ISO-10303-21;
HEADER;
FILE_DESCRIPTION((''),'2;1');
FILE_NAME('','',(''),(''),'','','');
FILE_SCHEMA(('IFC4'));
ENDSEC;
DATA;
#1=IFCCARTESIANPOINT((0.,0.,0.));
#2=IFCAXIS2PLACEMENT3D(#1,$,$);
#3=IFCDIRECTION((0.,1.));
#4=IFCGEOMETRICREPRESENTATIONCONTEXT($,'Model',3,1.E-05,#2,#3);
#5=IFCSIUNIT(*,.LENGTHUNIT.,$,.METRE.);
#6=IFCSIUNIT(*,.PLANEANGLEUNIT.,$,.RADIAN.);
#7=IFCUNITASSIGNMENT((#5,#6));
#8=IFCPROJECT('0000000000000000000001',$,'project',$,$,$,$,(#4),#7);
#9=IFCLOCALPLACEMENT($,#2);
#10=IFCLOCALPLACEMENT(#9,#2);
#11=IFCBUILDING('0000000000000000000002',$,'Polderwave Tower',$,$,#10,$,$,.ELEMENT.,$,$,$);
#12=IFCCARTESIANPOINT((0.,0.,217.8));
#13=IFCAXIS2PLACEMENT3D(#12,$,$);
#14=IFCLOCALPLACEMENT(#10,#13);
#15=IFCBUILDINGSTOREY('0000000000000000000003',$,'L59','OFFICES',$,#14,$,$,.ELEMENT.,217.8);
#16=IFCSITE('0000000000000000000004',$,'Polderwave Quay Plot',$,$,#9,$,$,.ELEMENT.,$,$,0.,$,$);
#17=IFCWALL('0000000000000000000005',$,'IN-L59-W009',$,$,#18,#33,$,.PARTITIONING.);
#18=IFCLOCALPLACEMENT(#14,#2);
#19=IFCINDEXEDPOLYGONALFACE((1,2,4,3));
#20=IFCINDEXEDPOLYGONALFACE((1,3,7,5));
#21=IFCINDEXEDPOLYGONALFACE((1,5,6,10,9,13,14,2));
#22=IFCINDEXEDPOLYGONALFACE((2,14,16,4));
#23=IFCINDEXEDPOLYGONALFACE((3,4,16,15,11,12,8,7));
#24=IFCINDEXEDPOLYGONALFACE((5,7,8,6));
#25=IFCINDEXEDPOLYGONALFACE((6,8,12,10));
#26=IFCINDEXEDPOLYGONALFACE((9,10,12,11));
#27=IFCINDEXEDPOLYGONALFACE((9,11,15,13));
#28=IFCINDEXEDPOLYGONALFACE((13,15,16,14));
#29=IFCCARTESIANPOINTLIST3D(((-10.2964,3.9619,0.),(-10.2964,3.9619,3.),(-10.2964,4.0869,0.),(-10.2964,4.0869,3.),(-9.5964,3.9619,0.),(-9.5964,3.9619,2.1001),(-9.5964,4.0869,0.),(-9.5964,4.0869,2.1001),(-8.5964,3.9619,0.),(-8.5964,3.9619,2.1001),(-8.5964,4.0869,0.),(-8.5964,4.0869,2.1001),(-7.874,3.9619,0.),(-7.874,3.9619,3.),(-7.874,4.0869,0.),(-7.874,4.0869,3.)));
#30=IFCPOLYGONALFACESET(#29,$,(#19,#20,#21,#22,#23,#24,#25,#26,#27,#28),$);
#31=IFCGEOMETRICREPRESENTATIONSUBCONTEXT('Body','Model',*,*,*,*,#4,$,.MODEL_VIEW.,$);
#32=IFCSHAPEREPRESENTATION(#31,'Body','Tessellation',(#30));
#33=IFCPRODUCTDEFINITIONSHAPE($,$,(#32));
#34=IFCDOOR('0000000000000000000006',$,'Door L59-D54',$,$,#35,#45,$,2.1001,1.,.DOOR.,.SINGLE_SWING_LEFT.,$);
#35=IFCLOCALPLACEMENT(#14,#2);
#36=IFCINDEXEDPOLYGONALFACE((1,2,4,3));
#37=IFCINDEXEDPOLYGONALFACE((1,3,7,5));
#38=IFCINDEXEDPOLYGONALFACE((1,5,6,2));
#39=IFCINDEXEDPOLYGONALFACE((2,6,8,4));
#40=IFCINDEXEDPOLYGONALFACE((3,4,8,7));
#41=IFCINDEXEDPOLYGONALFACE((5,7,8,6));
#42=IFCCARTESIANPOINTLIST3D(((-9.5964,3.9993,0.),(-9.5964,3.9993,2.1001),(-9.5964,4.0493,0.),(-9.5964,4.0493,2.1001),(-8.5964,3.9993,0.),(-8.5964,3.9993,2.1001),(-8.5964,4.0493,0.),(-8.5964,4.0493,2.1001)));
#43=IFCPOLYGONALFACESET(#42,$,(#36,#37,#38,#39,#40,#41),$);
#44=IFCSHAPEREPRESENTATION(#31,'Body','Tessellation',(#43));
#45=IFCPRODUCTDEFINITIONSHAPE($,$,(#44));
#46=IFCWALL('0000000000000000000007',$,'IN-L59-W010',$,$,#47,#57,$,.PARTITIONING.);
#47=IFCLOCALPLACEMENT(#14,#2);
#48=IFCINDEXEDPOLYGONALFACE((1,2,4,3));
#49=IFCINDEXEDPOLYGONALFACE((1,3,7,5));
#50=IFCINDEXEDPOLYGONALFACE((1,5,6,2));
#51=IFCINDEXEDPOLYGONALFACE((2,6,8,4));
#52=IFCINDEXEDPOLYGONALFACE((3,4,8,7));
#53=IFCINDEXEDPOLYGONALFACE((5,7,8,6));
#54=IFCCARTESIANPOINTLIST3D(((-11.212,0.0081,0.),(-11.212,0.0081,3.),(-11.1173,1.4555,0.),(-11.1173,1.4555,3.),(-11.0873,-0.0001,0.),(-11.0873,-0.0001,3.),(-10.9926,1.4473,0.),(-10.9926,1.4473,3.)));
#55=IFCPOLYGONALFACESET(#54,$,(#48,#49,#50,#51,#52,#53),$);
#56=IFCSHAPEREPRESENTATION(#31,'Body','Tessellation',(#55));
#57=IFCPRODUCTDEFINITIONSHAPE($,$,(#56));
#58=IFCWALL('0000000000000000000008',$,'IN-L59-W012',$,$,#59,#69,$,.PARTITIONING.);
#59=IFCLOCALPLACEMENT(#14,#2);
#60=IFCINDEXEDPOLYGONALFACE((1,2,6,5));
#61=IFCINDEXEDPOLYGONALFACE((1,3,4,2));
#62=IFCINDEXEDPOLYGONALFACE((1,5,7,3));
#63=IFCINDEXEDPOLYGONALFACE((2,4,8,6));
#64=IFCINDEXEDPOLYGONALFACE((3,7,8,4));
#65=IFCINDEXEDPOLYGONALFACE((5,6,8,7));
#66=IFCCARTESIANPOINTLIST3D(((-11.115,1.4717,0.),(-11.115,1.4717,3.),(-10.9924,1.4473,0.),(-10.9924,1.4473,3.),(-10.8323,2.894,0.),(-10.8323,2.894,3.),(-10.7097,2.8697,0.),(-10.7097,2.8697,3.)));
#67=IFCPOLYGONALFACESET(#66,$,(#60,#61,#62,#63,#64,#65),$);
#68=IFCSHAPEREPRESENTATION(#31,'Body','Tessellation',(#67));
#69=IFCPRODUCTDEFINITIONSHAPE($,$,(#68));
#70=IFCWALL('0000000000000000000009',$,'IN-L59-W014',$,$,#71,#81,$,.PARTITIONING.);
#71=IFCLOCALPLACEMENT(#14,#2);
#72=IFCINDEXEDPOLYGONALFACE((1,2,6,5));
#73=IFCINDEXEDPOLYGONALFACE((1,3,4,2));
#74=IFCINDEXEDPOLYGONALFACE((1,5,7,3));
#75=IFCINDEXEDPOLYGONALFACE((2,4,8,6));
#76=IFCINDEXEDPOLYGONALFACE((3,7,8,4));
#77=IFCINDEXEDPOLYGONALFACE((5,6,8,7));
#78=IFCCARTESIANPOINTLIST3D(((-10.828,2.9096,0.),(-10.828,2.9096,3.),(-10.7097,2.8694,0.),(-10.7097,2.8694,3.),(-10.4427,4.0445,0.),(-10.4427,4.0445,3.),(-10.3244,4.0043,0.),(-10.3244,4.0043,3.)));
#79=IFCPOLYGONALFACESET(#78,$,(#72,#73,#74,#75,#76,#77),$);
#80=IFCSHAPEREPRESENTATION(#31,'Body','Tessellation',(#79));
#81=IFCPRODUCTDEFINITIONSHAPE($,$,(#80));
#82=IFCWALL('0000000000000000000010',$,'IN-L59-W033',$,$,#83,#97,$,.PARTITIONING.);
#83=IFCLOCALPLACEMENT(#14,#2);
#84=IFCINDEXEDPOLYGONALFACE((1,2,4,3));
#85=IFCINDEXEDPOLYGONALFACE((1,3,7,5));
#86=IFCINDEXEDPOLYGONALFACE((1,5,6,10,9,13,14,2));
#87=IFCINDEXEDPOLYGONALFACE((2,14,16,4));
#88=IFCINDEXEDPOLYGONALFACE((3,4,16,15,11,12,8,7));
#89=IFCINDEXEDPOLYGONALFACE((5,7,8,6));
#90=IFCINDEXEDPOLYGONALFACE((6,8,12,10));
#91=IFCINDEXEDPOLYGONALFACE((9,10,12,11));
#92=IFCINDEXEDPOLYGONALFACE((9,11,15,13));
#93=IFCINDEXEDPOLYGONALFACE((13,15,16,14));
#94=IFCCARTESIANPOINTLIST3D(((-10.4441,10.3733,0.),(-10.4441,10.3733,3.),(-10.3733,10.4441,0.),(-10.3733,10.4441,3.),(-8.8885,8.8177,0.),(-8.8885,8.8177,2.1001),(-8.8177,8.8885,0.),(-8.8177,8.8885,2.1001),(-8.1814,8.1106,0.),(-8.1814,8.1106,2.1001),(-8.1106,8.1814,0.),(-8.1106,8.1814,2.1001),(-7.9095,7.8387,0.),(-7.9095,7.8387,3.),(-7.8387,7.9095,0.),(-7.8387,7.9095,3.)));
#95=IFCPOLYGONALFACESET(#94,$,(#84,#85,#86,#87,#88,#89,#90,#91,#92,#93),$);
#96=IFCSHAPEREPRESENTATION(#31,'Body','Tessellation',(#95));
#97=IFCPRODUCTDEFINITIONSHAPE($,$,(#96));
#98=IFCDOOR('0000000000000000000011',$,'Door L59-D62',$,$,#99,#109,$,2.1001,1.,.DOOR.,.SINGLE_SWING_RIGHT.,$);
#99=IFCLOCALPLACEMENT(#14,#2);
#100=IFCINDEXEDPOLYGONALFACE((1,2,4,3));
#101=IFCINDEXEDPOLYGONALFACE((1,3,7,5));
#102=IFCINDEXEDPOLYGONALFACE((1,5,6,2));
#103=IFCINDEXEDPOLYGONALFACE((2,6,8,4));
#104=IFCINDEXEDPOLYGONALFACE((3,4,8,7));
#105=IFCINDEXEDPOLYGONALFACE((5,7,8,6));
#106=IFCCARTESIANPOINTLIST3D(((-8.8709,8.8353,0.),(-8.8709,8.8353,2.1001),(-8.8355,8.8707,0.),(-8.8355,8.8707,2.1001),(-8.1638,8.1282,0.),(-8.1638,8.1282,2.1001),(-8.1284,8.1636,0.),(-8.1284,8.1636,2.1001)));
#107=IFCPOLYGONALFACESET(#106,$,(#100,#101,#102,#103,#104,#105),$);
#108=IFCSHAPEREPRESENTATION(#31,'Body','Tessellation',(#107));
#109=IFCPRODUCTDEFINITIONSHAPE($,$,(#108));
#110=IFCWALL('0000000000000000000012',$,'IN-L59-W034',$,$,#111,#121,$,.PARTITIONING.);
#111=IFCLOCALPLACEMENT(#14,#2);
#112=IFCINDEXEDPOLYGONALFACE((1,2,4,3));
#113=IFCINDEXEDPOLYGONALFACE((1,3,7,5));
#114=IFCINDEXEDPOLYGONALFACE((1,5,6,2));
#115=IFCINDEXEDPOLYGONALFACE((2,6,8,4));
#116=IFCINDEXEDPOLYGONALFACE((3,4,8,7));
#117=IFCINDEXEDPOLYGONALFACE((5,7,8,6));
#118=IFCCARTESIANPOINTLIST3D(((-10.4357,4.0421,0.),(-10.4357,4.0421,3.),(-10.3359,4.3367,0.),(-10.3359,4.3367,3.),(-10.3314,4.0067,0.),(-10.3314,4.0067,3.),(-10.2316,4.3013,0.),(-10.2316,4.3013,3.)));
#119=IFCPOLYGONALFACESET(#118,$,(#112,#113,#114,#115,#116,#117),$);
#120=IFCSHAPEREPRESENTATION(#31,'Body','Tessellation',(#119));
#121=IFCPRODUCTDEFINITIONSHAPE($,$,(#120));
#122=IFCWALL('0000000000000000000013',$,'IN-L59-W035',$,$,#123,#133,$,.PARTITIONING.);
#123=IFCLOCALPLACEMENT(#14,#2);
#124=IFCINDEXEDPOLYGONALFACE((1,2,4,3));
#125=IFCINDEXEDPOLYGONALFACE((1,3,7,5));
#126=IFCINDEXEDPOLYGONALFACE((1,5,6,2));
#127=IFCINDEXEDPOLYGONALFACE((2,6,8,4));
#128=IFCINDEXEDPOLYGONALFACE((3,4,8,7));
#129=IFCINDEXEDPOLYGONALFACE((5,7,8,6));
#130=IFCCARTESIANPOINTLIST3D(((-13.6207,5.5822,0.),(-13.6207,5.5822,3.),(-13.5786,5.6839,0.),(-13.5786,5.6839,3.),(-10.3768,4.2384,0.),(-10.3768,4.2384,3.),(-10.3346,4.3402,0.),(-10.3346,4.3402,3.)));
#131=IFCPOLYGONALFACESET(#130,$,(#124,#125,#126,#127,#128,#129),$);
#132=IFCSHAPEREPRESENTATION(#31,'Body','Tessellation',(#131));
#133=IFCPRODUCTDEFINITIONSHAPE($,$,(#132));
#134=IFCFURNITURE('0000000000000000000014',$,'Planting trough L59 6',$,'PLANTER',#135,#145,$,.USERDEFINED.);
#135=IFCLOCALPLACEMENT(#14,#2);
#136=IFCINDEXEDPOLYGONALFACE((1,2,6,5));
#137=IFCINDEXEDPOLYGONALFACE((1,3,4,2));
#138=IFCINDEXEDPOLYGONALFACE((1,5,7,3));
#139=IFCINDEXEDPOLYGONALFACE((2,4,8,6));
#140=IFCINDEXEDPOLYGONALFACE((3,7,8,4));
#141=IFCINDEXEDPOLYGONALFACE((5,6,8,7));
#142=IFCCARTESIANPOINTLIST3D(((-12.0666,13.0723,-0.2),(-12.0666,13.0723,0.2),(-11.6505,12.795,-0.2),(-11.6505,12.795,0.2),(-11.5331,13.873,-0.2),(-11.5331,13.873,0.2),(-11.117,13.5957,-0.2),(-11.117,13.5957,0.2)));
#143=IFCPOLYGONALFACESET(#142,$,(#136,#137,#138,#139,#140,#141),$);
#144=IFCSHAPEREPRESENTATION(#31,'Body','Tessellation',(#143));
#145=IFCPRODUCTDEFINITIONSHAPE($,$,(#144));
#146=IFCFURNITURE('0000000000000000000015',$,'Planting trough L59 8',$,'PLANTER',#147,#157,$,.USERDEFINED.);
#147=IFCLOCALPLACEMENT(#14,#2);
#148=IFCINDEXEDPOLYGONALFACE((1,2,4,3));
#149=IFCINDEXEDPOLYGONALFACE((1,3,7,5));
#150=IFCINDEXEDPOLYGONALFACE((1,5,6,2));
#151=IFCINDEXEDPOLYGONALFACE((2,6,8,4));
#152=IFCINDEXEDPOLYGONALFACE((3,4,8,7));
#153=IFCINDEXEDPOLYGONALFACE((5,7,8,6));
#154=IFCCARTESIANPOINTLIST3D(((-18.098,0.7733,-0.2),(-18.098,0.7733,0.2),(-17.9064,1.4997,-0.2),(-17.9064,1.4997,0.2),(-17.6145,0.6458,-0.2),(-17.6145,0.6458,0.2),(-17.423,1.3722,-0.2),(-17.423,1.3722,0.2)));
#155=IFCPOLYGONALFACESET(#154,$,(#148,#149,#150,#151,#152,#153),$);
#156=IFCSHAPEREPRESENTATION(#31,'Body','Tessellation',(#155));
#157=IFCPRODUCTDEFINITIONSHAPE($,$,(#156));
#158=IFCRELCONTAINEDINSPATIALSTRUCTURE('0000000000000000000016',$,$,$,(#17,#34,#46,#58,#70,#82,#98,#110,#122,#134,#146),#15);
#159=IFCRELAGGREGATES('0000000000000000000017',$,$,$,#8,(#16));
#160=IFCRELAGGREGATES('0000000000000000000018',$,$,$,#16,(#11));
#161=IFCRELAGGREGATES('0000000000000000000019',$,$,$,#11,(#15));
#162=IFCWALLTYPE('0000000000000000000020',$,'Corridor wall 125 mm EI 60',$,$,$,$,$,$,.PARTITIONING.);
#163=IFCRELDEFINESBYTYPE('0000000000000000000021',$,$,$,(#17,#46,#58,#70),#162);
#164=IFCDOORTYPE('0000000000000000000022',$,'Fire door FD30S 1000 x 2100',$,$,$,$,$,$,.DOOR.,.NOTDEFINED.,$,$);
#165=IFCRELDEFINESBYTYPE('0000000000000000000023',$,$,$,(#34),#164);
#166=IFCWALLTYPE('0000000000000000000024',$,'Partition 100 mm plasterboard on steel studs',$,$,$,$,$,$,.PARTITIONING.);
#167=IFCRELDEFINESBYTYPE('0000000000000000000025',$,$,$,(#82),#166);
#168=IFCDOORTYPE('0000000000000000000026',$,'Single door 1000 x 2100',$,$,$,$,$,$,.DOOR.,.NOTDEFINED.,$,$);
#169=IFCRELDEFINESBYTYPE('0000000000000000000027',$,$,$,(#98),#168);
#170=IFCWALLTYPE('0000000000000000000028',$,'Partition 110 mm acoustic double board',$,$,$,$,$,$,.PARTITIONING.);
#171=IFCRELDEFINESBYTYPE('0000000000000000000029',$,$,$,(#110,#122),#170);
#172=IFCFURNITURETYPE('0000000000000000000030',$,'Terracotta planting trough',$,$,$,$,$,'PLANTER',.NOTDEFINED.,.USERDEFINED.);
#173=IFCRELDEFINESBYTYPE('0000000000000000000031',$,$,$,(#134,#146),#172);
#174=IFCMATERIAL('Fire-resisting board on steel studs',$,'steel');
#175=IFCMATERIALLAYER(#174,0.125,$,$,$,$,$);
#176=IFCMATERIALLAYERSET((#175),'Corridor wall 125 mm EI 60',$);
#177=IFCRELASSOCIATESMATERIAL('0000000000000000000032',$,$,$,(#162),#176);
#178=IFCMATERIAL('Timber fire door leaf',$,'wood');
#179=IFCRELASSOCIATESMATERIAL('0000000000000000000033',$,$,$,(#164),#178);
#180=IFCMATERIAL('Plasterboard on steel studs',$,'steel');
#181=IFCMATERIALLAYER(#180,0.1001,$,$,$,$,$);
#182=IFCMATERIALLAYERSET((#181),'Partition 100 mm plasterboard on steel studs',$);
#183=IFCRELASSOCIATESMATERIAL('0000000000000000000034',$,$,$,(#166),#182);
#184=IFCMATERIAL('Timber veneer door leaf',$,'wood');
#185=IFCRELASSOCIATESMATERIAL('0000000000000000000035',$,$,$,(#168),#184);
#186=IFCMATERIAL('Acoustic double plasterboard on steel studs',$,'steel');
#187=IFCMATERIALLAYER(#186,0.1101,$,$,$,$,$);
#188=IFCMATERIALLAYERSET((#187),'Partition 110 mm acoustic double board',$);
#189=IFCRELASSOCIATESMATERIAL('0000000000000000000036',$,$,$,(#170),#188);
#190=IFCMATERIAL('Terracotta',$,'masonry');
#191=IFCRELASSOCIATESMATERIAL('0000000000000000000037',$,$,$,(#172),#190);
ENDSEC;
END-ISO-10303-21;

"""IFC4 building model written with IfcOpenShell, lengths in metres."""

from ifc_helpers import new_model, si_unit, direction, frame, frame_2d, origin, origin_2d, place, context, subcontext, project, spatial, rectangle, extrude, material, layer, layer_set, type_object, element, fill, save


model = new_model("IFC4")

# Units and contexts
model_context = context("Model", 3, precision=1e-05, world=origin(), true_north=direction((0.0, 1.0)))
body_context = subcontext(model_context, "Body", "Model", "MODEL_VIEW")
ifc_project = project(units=[si_unit("LENGTHUNIT", "METRE"), si_unit("PLANEANGLEUNIT", "RADIAN")], contexts=[model_context])

# Site, building, storey
site_placement = place(None, origin())
site = spatial("IfcSite", under=ifc_project, at=site_placement, Name="Polderwave Quay Plot", CompositionType="ELEMENT", RefElevation=0.0)
building_placement = place(site_placement, origin())
building = spatial("IfcBuilding", under=site, at=building_placement, Name="Polderwave Tower", CompositionType="ELEMENT")
storey_placement = place(building_placement, frame((0.0, 0.0, 217.8)))
storey = spatial("IfcBuildingStorey", under=building, at=storey_placement, Name="L59", Description="OFFICES", CompositionType="ELEMENT", Elevation=217.8)

# Wall, opening, door
ifc_material_1 = material(Name="Fire-resisting board on steel studs", Category="steel")
ifc_layer_1 = layer(ifc_material_1, 0.125)
ifc_layer_set_1 = layer_set([ifc_layer_1], Name="Corridor wall 125 mm EI 60")
wall_type_1 = type_object("IfcWallType", Name="Corridor wall 125 mm EI 60", PredefinedType="PARTITIONING", material=ifc_layer_set_1)
wall_1_placement = place(storey_placement, frame((-10.2964, 4.0244, 0.0), z_axis=(0.0, 0.0, 1.0), x_axis=(1.0, 0.0, 0.0)))
wall_1 = element("IfcWall", 1, at=wall_1_placement, inside=storey, type_object=wall_type_1, Name="IN-L59-W009", PredefinedType="PARTITIONING", context=body_context, shape_type="SweptSolid", body=[
    extrude(rectangle(XDim=2.4224, YDim=0.125, at=frame_2d((1.2112, 0.0))), origin(), (0.0, 0.0, 1.0), 3.0),
])
opening_1_placement = place(wall_1_placement, frame((0.7, 0.0, 0.0)))
opening_1 = element("IfcOpeningElement", 2, at=opening_1_placement, cuts=wall_1, PredefinedType="OPENING", context=body_context, shape_type="SweptSolid", body=[
    extrude(rectangle(XDim=1.0, YDim=2.1001, at=frame_2d((0.5, 1.05))), frame((0.0, 0.0725, 0.0), z_axis=(0.0, -1.0, 0.0), x_axis=(1.0, 0.0, 0.0)), (0.0, 0.0, 1.0), 0.145),
])
ifc_material_2 = material(Name="Timber fire door leaf", Category="wood")
door_type_1 = type_object("IfcDoorType", Name="Fire door FD30S 1000 x 2100", OperationType="NOTDEFINED", PredefinedType="DOOR", material=ifc_material_2)
door_1_placement = place(opening_1_placement, origin())
door_1 = element("IfcDoor", 3, at=door_1_placement, inside=storey, type_object=door_type_1, Name="Door L59-D54", OperationType="SINGLE_SWING_LEFT", OverallHeight=2.1001, OverallWidth=1.0, PredefinedType="DOOR", context=body_context, shape_type="SweptSolid", body=[
    extrude(rectangle(XDim=1.0, YDim=2.1001, at=frame_2d((0.5, 1.05))), frame((0.0, 0.0249, 0.0), z_axis=(0.0, -1.0, 0.0), x_axis=(1.0, 0.0, 0.0)), (0.0, 0.0, 1.0), 0.05),
])
fill(opening_1, door_1)

# Walls
wall_2_placement = place(storey_placement, frame((-11.1497, 0.0042, 0.0), z_axis=(0.0, 0.0, 1.0), x_axis=(0.065312, 0.997865, 0.0)))
element("IfcWall", 4, at=wall_2_placement, inside=storey, type_object=wall_type_1, Name="IN-L59-W010", PredefinedType="PARTITIONING", context=body_context, shape_type="SweptSolid", body=[
    extrude(rectangle(XDim=1.4504, YDim=0.125, at=frame_2d((0.7251, 0.0))), origin(), (0.0, 0.0, 1.0), 3.0),
])
wall_3_placement = place(storey_placement, frame((-11.0537, 1.4595, 0.0), z_axis=(0.0, 0.0, 1.0), x_axis=(0.19495, 0.980813, 0.0)))
element("IfcWall", 5, at=wall_3_placement, inside=storey, type_object=wall_type_1, Name="IN-L59-W012", PredefinedType="PARTITIONING", context=body_context, shape_type="SweptSolid", body=[
    extrude(rectangle(XDim=1.4502, YDim=0.125, at=frame_2d((0.7251, 0.0))), origin(), (0.0, 0.0, 1.0), 3.0),
])
wall_4_placement = place(storey_placement, frame((-10.7688, 2.8896, 0.0), z_axis=(0.0, 0.0, 1.0), x_axis=(0.321479, 0.946917, 0.0)))
element("IfcWall", 6, at=wall_4_placement, inside=storey, type_object=wall_type_1, Name="IN-L59-W014", PredefinedType="PARTITIONING", context=body_context, shape_type="SweptSolid", body=[
    extrude(rectangle(XDim=1.1985, YDim=0.125, at=frame_2d((0.5991, 0.0))), origin(), (0.0, 0.0, 1.0), 3.0),
])

# Wall, opening, door
ifc_material_3 = material(Name="Plasterboard on steel studs", Category="steel")
ifc_layer_2 = layer(ifc_material_3, 0.1001)
ifc_layer_set_2 = layer_set([ifc_layer_2], Name="Partition 100 mm plasterboard on steel studs")
wall_type_2 = type_object("IfcWallType", Name="Partition 100 mm plasterboard on steel studs", PredefinedType="PARTITIONING", material=ifc_layer_set_2)
wall_5_placement = place(storey_placement, frame((-10.4087, 10.4087, 0.0), z_axis=(0.0, 0.0, 1.0), x_axis=(0.707107, -0.707107, 0.0)))
wall_5 = element("IfcWall", 7, at=wall_5_placement, inside=storey, type_object=wall_type_2, Name="IN-L59-W033", PredefinedType="PARTITIONING", context=body_context, shape_type="SweptSolid", body=[
    extrude(rectangle(XDim=3.5845, YDim=0.1001, at=frame_2d((1.7922, 0.0))), origin(), (0.0, 0.0, 1.0), 3.0),
])
opening_2_placement = place(wall_5_placement, frame((2.2, 0.0, 0.0)))
opening_2 = element("IfcOpeningElement", 8, at=opening_2_placement, cuts=wall_5, PredefinedType="OPENING", context=body_context, shape_type="SweptSolid", body=[
    extrude(rectangle(XDim=1.0, YDim=2.1001, at=frame_2d((0.5, 1.05))), frame((0.0, 0.0601, 0.0), z_axis=(0.0, -1.0, 0.0), x_axis=(1.0, 0.0, 0.0)), (0.0, 0.0, 1.0), 0.1201),
])
ifc_material_4 = material(Name="Timber veneer door leaf", Category="wood")
door_type_2 = type_object("IfcDoorType", Name="Single door 1000 x 2100", OperationType="NOTDEFINED", PredefinedType="DOOR", material=ifc_material_4)
door_2_placement = place(opening_2_placement, origin())
door_2 = element("IfcDoor", 9, at=door_2_placement, inside=storey, type_object=door_type_2, Name="Door L59-D62", OperationType="SINGLE_SWING_RIGHT", OverallHeight=2.1001, OverallWidth=1.0, PredefinedType="DOOR", context=body_context, shape_type="SweptSolid", body=[
    extrude(rectangle(XDim=1.0, YDim=2.1001, at=frame_2d((0.5, 1.05))), frame((0.0, 0.0249, 0.0), z_axis=(0.0, -1.0, 0.0), x_axis=(1.0, 0.0, 0.0)), (0.0, 0.0, 1.0), 0.05),
])
fill(opening_2, door_2)

# Walls
ifc_material_5 = material(Name="Acoustic double plasterboard on steel studs", Category="steel")
ifc_layer_3 = layer(ifc_material_5, 0.1101)
ifc_layer_set_3 = layer_set([ifc_layer_3], Name="Partition 110 mm acoustic double board")
wall_type_3 = type_object("IfcWallType", Name="Partition 110 mm acoustic double board", PredefinedType="PARTITIONING", material=ifc_layer_set_3)
wall_6_placement = place(storey_placement, frame((-10.3835, 4.0244, 0.0), z_axis=(0.0, 0.0, 1.0), x_axis=(0.320932, 0.947102, 0.0)))
element("IfcWall", 10, at=wall_6_placement, inside=storey, type_object=wall_type_3, Name="IN-L59-W034", PredefinedType="PARTITIONING", context=body_context, shape_type="SweptSolid", body=[
    extrude(rectangle(XDim=0.311, YDim=0.1101, at=frame_2d((0.1555, 0.0))), origin(), (0.0, 0.0, 1.0), 3.0),
])
wall_7_placement = place(storey_placement, frame((-10.3557, 4.2893, 0.0), z_axis=(0.0, 0.0, 1.0), x_axis=(-0.923871, 0.382704, 0.0)))
element("IfcWall", 11, at=wall_7_placement, inside=storey, type_object=wall_type_3, Name="IN-L59-W035", PredefinedType="PARTITIONING", context=body_context, shape_type="SweptSolid", body=[
    extrude(rectangle(XDim=3.5112, YDim=0.1101, at=frame_2d((1.7556, 0.0))), origin(), (0.0, 0.0, 1.0), 3.0),
])

# Furniture
ifc_material_6 = material(Name="Terracotta", Category="masonry")
furniture_type = type_object("IfcFurnitureType", Name="Terracotta planting trough", ElementType="PLANTER", AssemblyPlace="NOTDEFINED", PredefinedType="USERDEFINED", material=ifc_material_6)
furniture_1_placement = place(storey_placement, frame((-11.5918, 13.334, -0.2), z_axis=(0.0, 0.0, 1.0), x_axis=(-0.554519, -0.832171, 0.0)))
element("IfcFurniture", 12, at=furniture_1_placement, inside=storey, type_object=furniture_type, Name="Planting trough L59 6", ObjectType="PLANTER", PredefinedType="USERDEFINED", context=body_context, shape_type="SweptSolid", body=[
    extrude(rectangle(XDim=0.9622, YDim=0.5, at=origin_2d()), origin(), (0.0, 0.0, 1.0), 0.3999),
])
furniture_2_placement = place(storey_placement, frame((-17.7605, 1.0728, -0.2), z_axis=(0.0, 0.0, 1.0), x_axis=(-0.255007, -0.966939, 0.0)))
element("IfcFurniture", 13, at=furniture_2_placement, inside=storey, type_object=furniture_type, Name="Planting trough L59 8", ObjectType="PLANTER", PredefinedType="USERDEFINED", context=body_context, shape_type="SweptSolid", body=[
    extrude(rectangle(XDim=0.7512, YDim=0.5, at=origin_2d()), origin(), (0.0, 0.0, 1.0), 0.3999),
])

save(model, "model.ifc")
